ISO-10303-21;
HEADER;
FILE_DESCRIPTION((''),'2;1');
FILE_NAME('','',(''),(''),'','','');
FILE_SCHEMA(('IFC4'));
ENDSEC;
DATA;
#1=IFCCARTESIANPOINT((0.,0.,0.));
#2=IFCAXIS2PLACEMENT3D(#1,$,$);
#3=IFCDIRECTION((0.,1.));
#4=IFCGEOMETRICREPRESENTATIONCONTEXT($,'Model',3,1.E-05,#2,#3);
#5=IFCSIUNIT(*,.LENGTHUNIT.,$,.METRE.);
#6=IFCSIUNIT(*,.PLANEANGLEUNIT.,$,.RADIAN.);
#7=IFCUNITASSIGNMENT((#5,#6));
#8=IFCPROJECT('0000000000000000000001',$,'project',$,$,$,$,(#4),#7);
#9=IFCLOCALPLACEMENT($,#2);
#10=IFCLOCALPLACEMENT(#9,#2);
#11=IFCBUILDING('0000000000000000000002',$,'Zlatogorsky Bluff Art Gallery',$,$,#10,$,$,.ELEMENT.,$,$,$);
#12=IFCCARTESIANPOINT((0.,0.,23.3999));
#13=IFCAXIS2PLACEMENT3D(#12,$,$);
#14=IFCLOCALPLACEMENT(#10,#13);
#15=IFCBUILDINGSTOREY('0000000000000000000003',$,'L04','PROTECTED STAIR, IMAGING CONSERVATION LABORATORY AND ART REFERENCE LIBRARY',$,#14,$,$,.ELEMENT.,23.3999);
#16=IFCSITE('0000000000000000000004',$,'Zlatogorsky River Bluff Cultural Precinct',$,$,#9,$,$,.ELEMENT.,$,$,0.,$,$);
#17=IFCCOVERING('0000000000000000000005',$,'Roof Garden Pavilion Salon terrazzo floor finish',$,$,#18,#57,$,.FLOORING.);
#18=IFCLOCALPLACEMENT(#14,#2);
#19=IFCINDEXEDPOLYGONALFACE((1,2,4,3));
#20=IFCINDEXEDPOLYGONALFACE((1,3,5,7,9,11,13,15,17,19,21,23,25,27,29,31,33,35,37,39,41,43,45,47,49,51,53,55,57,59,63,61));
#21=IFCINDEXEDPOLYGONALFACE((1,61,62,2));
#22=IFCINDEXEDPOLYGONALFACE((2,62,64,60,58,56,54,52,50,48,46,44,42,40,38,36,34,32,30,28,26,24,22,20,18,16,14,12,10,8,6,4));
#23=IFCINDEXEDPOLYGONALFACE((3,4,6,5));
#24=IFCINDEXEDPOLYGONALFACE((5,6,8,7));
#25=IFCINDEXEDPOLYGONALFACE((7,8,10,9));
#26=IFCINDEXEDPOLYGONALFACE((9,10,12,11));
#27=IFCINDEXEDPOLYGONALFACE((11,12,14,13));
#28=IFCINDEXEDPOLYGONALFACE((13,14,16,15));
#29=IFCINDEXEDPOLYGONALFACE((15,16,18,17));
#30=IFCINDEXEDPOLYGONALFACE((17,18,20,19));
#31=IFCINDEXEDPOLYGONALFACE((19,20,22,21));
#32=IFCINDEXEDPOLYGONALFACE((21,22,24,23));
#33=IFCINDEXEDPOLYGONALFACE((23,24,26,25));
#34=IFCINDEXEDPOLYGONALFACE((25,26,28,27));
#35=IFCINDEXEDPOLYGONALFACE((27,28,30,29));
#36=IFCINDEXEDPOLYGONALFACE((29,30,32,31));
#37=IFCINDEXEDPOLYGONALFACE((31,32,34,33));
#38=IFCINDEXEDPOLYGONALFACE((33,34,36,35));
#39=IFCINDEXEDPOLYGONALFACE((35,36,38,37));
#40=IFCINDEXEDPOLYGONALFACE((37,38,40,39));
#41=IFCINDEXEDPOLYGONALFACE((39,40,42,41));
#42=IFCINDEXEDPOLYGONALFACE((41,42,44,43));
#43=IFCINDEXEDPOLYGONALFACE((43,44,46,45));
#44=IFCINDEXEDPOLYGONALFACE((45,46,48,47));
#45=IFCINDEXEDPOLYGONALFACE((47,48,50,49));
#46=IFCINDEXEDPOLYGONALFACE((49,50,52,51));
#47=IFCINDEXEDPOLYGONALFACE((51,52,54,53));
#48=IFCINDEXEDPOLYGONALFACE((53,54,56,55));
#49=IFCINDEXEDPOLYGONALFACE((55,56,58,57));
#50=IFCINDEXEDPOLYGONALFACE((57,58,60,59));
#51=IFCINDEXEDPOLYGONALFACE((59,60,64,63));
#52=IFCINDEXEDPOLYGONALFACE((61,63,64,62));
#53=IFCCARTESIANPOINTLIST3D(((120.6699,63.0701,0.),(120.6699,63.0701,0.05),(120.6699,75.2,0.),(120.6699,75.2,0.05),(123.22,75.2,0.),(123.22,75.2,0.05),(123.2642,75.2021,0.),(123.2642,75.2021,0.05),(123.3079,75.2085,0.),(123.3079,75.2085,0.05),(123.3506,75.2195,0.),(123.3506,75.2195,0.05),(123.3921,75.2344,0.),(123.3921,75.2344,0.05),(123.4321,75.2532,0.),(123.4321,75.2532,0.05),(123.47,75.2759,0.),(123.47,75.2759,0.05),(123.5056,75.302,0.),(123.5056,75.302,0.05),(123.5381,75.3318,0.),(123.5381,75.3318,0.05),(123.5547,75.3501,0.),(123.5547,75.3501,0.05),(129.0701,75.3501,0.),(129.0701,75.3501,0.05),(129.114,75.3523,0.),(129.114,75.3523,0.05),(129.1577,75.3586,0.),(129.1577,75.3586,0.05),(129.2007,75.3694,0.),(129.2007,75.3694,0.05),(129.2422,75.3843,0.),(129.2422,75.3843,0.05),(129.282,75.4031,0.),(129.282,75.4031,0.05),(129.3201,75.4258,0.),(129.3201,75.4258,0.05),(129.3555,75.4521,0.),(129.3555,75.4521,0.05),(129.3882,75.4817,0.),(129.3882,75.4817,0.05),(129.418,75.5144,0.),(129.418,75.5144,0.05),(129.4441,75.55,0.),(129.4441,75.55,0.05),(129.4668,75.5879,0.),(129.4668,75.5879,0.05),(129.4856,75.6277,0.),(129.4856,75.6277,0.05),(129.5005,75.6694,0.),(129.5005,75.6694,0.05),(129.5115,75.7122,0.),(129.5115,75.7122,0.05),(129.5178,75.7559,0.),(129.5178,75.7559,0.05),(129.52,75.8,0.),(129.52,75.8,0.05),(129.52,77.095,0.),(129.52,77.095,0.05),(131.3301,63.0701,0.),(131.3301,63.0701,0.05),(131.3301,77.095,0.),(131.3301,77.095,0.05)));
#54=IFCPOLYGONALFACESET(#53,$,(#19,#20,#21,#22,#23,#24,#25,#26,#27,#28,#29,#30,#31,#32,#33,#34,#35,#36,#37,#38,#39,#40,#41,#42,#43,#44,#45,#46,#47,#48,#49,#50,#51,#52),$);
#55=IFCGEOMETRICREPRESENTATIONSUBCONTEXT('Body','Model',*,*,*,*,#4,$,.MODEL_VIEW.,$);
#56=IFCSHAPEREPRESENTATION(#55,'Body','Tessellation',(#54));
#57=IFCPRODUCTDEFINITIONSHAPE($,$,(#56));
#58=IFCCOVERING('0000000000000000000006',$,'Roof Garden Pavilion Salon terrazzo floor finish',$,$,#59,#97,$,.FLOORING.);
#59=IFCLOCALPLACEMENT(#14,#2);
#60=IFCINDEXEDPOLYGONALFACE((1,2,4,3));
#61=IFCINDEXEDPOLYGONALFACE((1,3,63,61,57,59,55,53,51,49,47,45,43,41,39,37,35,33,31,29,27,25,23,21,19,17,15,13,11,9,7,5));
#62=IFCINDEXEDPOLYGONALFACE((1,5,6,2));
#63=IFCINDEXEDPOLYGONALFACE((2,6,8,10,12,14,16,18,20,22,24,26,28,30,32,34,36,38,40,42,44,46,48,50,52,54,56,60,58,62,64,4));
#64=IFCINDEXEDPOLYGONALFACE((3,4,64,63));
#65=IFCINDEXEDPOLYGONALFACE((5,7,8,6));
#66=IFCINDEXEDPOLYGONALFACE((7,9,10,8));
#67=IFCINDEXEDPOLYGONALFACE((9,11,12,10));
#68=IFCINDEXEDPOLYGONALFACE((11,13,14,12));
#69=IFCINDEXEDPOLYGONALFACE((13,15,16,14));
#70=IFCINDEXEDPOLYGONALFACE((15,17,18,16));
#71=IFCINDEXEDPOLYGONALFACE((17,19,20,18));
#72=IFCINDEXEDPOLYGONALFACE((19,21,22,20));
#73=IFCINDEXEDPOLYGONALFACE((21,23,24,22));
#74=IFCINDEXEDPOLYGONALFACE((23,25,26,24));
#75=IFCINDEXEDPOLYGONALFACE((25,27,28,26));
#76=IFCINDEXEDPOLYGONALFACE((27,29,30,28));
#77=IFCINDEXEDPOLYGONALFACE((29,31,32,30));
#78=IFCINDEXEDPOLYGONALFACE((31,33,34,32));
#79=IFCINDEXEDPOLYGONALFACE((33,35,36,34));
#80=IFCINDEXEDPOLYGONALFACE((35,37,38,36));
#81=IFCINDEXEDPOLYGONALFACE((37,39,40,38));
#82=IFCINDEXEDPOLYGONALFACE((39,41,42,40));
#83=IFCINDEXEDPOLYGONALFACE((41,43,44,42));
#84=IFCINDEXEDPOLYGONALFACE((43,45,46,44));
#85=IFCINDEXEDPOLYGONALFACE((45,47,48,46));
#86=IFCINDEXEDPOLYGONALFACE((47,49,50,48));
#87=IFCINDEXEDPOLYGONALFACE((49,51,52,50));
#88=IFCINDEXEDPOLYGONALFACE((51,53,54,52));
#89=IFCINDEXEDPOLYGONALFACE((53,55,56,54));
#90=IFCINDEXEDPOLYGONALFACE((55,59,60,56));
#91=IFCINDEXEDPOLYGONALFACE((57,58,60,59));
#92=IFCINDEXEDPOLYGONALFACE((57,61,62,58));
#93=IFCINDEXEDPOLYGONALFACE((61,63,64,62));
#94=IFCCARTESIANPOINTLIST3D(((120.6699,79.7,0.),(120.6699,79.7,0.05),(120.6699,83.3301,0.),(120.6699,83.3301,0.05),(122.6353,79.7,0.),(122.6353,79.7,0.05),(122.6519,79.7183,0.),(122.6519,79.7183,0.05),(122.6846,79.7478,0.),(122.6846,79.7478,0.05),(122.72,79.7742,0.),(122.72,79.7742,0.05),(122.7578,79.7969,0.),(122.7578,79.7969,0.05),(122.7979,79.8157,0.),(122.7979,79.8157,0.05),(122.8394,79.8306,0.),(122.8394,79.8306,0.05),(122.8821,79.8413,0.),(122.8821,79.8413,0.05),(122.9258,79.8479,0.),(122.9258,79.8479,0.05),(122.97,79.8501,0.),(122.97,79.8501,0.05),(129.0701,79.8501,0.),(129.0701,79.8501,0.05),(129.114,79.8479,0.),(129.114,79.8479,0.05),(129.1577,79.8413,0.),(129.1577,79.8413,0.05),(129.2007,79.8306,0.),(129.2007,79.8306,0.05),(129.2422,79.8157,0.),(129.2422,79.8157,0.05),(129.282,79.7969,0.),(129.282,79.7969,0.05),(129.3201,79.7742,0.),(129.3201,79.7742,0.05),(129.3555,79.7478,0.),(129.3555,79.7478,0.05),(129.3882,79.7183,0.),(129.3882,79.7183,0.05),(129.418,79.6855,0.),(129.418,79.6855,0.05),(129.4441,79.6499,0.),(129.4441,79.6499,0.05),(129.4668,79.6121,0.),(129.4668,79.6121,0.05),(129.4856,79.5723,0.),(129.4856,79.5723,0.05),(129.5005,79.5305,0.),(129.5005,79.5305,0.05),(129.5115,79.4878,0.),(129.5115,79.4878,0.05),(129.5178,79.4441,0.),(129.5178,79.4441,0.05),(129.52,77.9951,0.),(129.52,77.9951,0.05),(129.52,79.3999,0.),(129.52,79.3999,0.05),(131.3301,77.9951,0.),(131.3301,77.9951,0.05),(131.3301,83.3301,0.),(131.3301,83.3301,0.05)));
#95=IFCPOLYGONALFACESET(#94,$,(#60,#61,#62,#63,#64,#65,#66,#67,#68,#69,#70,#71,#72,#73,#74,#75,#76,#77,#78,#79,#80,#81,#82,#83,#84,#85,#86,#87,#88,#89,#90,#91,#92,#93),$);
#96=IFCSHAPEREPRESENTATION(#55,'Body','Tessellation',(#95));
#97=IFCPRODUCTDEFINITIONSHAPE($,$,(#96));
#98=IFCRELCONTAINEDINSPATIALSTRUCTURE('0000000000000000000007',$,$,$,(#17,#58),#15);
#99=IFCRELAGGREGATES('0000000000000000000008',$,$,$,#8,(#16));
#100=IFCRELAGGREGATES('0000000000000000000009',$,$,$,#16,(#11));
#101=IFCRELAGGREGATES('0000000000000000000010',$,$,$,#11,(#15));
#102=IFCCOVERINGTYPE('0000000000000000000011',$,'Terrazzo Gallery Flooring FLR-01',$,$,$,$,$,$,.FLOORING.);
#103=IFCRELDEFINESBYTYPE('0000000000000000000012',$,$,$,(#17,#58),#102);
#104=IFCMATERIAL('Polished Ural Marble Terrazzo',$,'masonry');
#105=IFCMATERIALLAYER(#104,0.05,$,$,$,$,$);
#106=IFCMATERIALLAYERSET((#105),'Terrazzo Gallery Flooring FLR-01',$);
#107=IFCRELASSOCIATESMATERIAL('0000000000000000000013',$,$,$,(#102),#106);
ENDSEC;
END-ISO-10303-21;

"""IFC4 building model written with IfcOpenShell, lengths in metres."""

from ifc_helpers import new_model, si_unit, direction, frame, origin, place, context, subcontext, project, spatial, polyline, outline, extrude, material, layer, layer_set, type_object, element, save


model = new_model("IFC4")

# Units and contexts
model_context = context("Model", 3, precision=1e-05, world=origin(), true_north=direction((0.0, 1.0)))
body_context = subcontext(model_context, "Body", "Model", "MODEL_VIEW")
ifc_project = project(units=[si_unit("LENGTHUNIT", "METRE"), si_unit("PLANEANGLEUNIT", "RADIAN")], contexts=[model_context])

# Site, building, storey
site_placement = place(None, origin())
site = spatial("IfcSite", under=ifc_project, at=site_placement, Name="Zlatogorsky River Bluff Cultural Precinct", CompositionType="ELEMENT", RefElevation=0.0)
building_placement = place(site_placement, origin())
building = spatial("IfcBuilding", under=site, at=building_placement, Name="Zlatogorsky Bluff Art Gallery", CompositionType="ELEMENT")
storey_placement = place(building_placement, frame((0.0, 0.0, 23.3999)))
storey = spatial("IfcBuildingStorey", under=building, at=storey_placement, Name="L04", Description="PROTECTED STAIR, IMAGING CONSERVATION LABORATORY AND ART REFERENCE LIBRARY", CompositionType="ELEMENT", Elevation=23.3999)

# Coverings
ifc_material_1 = material(Name="Polished Ural Marble Terrazzo", Category="masonry")
ifc_layer_1 = layer(ifc_material_1, 0.05)
ifc_layer_set_1 = layer_set([ifc_layer_1], Name="Terrazzo Gallery Flooring FLR-01")
covering_type_1 = type_object("IfcCoveringType", Name="Terrazzo Gallery Flooring FLR-01", PredefinedType="FLOORING", material=ifc_layer_set_1)
covering_1_placement = place(storey_placement, origin())
element("IfcCovering", 1, at=covering_1_placement, inside=storey, type_object=covering_type_1, Name="Roof Garden Pavilion Salon terrazzo floor finish", PredefinedType="FLOORING", context=body_context, shape_type="SweptSolid", body=[
    extrude(outline(polyline([(123.22, 75.2), (123.2642, 75.2021), (123.3079, 75.2085), (123.3506, 75.2195), (123.3921, 75.2344), (123.4321, 75.2532), (123.47, 75.2759), (123.5056, 75.302), (123.5381, 75.3318), (123.5547, 75.3501), (129.0701, 75.3501), (129.114, 75.3523), (129.1577, 75.3586), (129.2007, 75.3694), (129.2422, 75.3843), (129.282, 75.4031), (129.3201, 75.4258), (129.3555, 75.4521), (129.3882, 75.4817), (129.418, 75.5144), (129.4441, 75.55), (129.4668, 75.5879), (129.4856, 75.6277), (129.5005, 75.6694), (129.5115, 75.7122), (129.5178, 75.7559), (129.52, 75.8), (129.52, 77.095), (131.3301, 77.095), (131.3301, 63.0701), (120.6699, 63.0701), (120.6699, 75.2), (123.22, 75.2)])), origin(), (0.0, 0.0, 1.0), 0.05),
])
covering_2_placement = place(storey_placement, origin())
element("IfcCovering", 2, at=covering_2_placement, inside=storey, type_object=covering_type_1, Name="Roof Garden Pavilion Salon terrazzo floor finish", PredefinedType="FLOORING", context=body_context, shape_type="SweptSolid", body=[
    extrude(outline(polyline([(120.6699, 83.3301), (131.3301, 83.3301), (131.3301, 77.9951), (129.52, 77.9951), (129.52, 79.3999), (129.5178, 79.4441), (129.5115, 79.4878), (129.5005, 79.5305), (129.4856, 79.5723), (129.4668, 79.6121), (129.4441, 79.6499), (129.418, 79.6855), (129.3882, 79.7183), (129.3555, 79.7478), (129.3201, 79.7742), (129.282, 79.7969), (129.2422, 79.8157), (129.2007, 79.8306), (129.1577, 79.8413), (129.114, 79.8479), (129.0701, 79.8501), (122.97, 79.8501), (122.9258, 79.8479), (122.8821, 79.8413), (122.8394, 79.8306), (122.7979, 79.8157), (122.7578, 79.7969), (122.72, 79.7742), (122.6846, 79.7478), (122.6519, 79.7183), (122.6353, 79.7), (120.6699, 79.7), (120.6699, 83.3301)])), origin(), (0.0, 0.0, 1.0), 0.05),
])

save(model, "model.ifc")
